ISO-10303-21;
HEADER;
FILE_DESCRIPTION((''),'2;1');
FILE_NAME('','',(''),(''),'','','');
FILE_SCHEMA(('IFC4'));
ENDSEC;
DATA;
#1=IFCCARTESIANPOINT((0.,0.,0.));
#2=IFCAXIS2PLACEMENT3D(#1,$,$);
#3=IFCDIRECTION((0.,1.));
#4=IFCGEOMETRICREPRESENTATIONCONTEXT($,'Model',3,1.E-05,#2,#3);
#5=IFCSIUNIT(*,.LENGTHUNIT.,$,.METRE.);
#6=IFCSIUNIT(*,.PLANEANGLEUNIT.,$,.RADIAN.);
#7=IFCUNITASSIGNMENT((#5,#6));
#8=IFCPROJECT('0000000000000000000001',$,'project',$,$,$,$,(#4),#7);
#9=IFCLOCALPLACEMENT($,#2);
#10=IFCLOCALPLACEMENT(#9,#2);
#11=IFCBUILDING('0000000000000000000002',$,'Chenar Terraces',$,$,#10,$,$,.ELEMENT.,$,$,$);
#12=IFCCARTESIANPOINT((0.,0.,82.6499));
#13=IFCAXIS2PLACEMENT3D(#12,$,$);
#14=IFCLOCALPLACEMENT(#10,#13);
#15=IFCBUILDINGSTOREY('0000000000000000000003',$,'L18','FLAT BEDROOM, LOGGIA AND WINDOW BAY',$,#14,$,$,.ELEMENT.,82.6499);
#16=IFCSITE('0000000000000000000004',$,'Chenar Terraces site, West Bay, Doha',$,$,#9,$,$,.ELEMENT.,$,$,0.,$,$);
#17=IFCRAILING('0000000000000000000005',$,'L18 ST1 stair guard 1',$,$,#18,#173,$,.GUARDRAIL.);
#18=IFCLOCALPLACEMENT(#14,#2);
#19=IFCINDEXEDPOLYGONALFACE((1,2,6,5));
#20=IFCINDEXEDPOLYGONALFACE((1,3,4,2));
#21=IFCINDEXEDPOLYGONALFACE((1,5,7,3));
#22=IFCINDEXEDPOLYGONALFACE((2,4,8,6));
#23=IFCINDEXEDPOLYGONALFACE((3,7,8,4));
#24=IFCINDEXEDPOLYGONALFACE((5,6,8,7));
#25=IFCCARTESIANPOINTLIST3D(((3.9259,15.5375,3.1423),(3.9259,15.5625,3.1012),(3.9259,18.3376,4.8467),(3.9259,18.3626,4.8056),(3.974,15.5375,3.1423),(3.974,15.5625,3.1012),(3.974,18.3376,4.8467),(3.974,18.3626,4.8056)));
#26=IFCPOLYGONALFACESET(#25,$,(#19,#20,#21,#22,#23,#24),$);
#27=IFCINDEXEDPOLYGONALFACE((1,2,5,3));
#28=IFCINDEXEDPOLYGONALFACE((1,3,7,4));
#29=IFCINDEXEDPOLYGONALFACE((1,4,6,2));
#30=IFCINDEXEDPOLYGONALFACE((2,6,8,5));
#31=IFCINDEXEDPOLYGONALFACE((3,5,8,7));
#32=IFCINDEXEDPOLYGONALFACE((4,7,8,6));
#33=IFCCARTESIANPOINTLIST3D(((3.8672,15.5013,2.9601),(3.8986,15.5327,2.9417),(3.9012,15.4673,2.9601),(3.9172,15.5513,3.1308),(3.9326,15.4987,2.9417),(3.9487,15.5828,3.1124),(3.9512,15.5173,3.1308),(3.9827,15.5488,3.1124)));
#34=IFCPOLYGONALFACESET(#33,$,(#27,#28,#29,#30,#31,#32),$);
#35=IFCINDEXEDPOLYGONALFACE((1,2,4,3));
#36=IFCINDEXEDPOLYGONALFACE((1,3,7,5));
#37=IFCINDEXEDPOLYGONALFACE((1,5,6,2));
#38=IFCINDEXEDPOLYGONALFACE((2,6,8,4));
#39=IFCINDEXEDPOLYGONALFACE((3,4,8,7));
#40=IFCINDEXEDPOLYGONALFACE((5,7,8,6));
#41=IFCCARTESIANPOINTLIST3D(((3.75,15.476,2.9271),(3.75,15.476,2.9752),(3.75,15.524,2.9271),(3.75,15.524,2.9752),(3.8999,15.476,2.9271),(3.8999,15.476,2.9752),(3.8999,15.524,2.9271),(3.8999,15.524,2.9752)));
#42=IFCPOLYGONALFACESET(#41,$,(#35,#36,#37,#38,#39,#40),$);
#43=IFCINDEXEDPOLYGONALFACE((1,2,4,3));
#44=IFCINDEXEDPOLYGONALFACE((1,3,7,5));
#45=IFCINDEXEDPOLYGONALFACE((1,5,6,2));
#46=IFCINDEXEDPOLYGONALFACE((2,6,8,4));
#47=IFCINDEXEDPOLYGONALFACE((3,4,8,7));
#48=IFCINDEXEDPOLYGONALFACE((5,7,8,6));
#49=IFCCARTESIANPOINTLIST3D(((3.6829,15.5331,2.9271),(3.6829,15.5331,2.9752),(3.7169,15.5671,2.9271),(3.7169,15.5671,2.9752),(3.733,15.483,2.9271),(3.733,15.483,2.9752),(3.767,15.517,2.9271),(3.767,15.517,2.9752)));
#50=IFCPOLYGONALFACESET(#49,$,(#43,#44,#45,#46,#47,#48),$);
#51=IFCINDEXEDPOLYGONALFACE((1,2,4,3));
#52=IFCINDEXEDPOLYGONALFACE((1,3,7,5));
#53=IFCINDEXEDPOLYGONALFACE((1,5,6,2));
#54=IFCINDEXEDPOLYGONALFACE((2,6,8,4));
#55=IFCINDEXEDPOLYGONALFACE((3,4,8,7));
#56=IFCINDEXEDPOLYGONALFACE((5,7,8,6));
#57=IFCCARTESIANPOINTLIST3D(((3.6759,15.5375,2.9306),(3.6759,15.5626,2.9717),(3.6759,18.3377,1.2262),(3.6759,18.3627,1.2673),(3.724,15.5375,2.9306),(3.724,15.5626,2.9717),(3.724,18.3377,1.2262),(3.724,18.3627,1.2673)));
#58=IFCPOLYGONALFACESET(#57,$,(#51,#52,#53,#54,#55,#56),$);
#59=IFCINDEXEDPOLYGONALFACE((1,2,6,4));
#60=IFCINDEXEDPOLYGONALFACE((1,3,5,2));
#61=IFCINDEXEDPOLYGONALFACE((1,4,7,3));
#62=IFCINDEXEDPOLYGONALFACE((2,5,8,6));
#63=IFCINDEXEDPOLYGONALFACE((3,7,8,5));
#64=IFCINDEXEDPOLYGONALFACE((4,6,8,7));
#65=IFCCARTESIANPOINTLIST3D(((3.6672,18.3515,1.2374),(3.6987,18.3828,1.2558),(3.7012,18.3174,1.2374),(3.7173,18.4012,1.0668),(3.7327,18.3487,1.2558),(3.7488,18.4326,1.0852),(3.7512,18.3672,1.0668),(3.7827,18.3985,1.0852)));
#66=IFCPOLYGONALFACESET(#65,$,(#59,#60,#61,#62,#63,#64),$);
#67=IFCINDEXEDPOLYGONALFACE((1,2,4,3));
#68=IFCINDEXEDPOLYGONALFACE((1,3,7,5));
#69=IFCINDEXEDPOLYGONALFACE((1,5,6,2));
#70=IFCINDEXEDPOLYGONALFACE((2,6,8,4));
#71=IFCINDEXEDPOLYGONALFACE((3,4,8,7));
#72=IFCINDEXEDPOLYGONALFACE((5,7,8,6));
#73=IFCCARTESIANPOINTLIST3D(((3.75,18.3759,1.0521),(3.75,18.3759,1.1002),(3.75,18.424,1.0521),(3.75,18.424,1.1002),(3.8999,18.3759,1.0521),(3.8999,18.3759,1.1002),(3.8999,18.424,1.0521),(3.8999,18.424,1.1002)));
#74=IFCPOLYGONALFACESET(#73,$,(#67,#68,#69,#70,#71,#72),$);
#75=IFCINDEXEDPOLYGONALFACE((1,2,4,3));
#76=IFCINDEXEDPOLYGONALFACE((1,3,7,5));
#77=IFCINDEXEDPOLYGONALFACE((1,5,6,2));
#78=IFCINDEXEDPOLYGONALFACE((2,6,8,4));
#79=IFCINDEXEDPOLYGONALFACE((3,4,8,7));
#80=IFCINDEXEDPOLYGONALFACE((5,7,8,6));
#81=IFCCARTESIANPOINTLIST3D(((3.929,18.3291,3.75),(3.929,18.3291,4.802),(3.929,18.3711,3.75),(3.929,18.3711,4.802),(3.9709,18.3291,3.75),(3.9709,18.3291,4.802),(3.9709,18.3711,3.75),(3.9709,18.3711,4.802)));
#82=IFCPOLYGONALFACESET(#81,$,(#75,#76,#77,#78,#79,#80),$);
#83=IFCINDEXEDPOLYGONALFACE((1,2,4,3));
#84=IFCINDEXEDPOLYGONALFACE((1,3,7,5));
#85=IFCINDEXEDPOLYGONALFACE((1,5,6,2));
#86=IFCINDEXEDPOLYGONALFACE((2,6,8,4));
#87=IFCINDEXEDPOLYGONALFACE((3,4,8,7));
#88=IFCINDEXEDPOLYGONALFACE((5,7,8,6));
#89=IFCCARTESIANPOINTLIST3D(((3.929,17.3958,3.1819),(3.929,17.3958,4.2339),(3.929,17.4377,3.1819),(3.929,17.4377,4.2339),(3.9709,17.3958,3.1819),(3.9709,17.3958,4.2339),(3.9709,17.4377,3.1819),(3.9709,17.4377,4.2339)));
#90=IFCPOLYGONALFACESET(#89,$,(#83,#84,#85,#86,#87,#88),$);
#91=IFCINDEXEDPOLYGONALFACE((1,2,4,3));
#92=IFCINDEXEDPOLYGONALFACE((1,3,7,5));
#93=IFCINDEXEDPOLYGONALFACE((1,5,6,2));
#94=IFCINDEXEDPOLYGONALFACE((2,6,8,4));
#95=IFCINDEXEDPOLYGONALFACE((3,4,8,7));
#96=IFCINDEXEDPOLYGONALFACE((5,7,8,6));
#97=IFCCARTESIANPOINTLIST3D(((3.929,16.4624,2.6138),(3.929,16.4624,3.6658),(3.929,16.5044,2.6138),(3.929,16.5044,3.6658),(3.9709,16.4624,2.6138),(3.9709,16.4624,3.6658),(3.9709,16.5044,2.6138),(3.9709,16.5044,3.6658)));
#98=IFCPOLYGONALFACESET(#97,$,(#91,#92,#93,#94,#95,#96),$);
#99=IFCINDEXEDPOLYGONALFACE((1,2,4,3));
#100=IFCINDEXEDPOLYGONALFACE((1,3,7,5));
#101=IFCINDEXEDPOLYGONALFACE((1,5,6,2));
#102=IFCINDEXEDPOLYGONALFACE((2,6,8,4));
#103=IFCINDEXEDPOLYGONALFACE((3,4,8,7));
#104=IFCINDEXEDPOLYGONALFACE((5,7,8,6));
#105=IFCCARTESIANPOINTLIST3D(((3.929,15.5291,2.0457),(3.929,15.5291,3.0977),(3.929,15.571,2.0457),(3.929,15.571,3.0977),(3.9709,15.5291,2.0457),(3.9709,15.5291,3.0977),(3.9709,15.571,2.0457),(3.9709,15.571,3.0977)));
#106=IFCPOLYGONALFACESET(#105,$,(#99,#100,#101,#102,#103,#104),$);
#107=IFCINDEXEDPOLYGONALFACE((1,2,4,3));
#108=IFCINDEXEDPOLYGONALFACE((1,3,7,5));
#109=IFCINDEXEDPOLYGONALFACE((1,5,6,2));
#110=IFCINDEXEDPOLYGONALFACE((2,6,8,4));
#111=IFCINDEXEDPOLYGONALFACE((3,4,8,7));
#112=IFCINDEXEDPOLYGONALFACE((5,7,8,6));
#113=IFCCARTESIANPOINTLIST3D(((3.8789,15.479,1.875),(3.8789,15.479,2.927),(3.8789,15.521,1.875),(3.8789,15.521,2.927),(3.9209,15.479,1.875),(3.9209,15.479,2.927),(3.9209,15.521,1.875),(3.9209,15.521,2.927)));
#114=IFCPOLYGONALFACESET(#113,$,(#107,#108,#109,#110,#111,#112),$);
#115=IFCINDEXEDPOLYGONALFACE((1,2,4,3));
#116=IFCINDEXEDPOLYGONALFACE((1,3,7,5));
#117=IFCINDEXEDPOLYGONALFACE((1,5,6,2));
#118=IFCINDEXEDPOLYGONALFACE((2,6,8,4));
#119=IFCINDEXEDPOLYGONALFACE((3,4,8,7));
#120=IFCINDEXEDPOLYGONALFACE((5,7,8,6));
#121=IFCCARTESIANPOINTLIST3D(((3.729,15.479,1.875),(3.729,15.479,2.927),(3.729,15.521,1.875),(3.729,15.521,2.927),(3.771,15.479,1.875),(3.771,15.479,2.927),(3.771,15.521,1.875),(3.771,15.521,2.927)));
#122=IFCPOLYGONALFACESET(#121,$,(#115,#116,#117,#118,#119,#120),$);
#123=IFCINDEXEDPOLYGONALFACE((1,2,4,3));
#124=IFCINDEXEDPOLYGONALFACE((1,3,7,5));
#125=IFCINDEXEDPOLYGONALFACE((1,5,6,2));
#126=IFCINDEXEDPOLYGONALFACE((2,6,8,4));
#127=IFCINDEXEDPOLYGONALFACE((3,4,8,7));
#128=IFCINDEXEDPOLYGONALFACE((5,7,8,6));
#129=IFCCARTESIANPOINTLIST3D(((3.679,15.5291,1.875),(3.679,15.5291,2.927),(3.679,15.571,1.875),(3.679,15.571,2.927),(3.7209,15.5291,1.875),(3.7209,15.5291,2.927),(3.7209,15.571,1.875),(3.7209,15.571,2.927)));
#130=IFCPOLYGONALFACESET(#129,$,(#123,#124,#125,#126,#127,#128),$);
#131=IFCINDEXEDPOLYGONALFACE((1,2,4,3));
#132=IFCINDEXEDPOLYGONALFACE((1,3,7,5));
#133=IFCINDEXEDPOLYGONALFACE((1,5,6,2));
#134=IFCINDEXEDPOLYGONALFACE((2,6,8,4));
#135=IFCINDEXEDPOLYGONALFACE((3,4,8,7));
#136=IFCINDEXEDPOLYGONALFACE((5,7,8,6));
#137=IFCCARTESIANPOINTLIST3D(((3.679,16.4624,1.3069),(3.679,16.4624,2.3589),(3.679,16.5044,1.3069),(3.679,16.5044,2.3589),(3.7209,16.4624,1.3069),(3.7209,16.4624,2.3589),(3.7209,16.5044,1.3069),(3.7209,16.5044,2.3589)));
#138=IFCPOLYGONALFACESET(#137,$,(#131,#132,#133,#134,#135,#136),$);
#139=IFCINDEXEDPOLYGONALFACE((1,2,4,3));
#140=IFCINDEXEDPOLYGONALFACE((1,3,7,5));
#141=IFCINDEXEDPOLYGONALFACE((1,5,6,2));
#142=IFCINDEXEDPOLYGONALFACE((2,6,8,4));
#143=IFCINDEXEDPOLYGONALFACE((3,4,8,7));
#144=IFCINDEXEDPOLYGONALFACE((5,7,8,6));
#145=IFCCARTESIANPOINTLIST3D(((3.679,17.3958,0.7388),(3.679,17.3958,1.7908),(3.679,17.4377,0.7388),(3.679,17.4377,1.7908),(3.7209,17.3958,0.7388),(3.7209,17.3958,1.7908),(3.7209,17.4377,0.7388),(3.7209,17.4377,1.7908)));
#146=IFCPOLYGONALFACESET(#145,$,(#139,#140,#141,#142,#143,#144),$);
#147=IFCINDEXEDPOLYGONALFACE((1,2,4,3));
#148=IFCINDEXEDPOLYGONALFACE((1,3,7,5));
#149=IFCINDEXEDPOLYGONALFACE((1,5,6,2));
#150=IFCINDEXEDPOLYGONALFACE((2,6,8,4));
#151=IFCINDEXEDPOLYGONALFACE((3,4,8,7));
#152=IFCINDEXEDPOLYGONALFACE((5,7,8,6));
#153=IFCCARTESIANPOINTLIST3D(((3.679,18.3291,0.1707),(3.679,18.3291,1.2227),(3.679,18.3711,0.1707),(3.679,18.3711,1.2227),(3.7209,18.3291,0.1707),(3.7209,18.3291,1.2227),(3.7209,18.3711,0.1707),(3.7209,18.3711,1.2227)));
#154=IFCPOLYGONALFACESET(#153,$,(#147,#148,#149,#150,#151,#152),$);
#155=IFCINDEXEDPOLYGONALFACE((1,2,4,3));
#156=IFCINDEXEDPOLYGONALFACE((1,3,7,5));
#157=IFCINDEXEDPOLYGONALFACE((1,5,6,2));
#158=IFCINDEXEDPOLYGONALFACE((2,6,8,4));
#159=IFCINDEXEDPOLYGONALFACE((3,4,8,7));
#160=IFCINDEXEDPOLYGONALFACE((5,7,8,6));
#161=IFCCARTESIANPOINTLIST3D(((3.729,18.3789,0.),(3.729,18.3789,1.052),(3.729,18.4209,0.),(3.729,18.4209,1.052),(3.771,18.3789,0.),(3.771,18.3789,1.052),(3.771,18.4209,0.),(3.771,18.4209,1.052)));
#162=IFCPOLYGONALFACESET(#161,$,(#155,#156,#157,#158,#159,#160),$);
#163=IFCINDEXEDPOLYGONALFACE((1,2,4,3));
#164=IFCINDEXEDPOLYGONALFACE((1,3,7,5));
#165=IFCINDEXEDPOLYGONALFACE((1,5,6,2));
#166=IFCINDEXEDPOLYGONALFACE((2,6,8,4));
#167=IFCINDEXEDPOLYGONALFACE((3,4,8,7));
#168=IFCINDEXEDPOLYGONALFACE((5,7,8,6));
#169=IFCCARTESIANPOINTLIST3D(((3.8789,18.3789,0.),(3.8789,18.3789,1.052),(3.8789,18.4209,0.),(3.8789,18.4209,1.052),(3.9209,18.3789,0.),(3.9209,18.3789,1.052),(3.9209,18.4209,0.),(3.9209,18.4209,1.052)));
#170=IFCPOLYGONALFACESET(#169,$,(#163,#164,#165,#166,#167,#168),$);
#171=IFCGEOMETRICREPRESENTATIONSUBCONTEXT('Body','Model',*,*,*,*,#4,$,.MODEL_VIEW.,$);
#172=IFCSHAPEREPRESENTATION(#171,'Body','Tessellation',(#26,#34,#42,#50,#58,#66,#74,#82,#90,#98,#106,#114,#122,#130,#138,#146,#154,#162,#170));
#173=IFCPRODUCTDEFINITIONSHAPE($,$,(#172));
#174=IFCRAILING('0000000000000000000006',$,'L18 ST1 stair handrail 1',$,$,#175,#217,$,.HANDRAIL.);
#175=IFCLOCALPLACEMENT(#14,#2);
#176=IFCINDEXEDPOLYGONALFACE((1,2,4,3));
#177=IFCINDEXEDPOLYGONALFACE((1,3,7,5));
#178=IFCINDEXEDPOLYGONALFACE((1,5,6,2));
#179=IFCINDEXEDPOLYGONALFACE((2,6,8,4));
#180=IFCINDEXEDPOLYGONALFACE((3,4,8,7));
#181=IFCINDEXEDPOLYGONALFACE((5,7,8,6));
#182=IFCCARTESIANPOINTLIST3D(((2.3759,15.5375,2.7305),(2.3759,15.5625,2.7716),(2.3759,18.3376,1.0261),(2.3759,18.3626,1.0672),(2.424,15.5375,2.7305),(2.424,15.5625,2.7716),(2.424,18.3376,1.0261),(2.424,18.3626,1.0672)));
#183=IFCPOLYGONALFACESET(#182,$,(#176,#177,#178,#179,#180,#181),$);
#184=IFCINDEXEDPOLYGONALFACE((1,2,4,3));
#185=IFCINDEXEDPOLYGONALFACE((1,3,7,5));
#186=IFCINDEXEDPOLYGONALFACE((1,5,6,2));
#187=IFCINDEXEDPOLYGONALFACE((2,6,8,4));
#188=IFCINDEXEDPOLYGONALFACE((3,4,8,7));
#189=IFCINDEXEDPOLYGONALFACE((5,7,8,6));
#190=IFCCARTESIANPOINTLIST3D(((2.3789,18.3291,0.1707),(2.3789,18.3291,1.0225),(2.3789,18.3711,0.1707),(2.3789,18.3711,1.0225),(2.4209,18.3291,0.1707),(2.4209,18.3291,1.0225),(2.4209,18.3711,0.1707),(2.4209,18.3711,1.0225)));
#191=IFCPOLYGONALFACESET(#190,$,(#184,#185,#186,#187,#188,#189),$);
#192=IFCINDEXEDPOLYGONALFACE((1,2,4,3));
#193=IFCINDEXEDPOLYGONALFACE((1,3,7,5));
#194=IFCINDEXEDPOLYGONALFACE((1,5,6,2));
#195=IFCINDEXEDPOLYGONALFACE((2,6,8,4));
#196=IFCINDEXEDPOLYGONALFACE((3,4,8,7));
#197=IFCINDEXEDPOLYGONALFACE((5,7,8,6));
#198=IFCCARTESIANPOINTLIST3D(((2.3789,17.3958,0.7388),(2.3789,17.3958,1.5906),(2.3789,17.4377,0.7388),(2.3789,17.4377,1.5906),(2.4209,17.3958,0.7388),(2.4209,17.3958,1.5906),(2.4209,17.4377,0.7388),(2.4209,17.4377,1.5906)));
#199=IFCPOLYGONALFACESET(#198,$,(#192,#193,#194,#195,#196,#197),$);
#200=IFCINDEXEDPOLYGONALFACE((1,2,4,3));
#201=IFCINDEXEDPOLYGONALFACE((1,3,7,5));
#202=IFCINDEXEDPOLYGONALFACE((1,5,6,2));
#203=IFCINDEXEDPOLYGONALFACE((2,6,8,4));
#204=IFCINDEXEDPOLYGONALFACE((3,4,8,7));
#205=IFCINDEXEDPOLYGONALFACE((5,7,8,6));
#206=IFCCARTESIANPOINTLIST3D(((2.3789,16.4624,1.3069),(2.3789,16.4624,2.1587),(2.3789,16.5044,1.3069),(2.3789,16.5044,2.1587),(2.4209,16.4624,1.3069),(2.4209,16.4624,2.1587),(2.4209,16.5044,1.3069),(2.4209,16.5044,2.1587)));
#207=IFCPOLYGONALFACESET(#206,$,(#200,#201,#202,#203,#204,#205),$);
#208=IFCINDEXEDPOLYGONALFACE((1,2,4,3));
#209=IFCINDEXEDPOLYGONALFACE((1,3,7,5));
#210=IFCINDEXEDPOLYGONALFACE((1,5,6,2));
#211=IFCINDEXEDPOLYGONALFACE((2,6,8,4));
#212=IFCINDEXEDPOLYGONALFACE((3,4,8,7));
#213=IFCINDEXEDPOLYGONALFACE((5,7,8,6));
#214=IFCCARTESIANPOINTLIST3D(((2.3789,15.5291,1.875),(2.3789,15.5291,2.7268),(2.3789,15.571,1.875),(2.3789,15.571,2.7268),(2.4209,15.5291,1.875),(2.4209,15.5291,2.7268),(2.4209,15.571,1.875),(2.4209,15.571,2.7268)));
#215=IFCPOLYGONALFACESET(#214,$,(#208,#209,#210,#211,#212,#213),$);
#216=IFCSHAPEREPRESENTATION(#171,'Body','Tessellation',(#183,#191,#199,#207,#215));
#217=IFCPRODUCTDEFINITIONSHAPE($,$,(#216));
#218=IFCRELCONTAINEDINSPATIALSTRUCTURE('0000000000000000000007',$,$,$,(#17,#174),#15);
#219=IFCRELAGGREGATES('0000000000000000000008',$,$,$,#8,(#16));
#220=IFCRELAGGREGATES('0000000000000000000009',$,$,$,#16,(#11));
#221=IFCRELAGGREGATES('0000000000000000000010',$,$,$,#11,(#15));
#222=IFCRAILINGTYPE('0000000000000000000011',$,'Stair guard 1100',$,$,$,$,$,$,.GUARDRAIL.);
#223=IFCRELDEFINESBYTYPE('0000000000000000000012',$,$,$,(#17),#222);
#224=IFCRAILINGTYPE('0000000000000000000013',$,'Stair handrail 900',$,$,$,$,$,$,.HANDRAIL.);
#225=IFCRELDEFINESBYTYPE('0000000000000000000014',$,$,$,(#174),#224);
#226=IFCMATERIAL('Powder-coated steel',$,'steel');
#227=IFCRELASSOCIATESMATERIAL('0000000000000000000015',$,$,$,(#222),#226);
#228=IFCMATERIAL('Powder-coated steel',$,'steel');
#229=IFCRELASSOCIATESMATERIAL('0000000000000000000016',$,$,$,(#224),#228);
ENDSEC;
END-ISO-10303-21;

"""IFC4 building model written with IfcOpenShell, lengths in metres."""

from ifc_helpers import new_model, si_unit, direction, frame, origin, origin_2d, place, context, subcontext, project, spatial, rectangle, extrude, material, type_object, element, save


model = new_model("IFC4")

# Units and contexts
model_context = context("Model", 3, precision=1e-05, world=origin(), true_north=direction((0.0, 1.0)))
body_context = subcontext(model_context, "Body", "Model", "MODEL_VIEW")
ifc_project = project(units=[si_unit("LENGTHUNIT", "METRE"), si_unit("PLANEANGLEUNIT", "RADIAN")], contexts=[model_context])

# Site, building, storey
site_placement = place(None, origin())
site = spatial("IfcSite", under=ifc_project, at=site_placement, Name="Chenar Terraces site, West Bay, Doha", CompositionType="ELEMENT", RefElevation=0.0)
building_placement = place(site_placement, origin())
building = spatial("IfcBuilding", under=site, at=building_placement, Name="Chenar Terraces", CompositionType="ELEMENT")
storey_placement = place(building_placement, frame((0.0, 0.0, 82.6499)))
storey = spatial("IfcBuildingStorey", under=building, at=storey_placement, Name="L18", Description="FLAT BEDROOM, LOGGIA AND WINDOW BAY", CompositionType="ELEMENT", Elevation=82.6499)

# Railings
ifc_material_1 = material(Name="Powder-coated steel", Category="steel")
railing_type_1 = type_object("IfcRailingType", Name="Stair guard 1100", PredefinedType="GUARDRAIL", material=ifc_material_1)
railing_1_placement = place(storey_placement, frame((3.95, 18.3501, 3.75)))
element("IfcRailing", 1, at=railing_1_placement, inside=storey, type_object=railing_type_1, Name="L18 ST1 stair guard 1", PredefinedType="GUARDRAIL", context=body_context, shape_type="SweptSolid", body=[
    extrude(rectangle(XDim=0.0481, YDim=0.0481, at=origin_2d()), frame((0.0, 0.0, 1.0762), z_axis=(0.0, -0.854203, -0.51994), x_axis=(1.0, 0.0, 0.0)), (0.0, 0.0, 1.0), 3.2781),
    extrude(rectangle(XDim=0.0481, YDim=0.0481, at=origin_2d()), frame((0.0, -2.8, -0.6284), z_axis=(-0.2709, -0.2709, -0.923703), x_axis=(0.707107, -0.707107, 0.0)), (0.0, 0.0, 1.0), 0.1848),
    extrude(rectangle(XDim=0.0481, YDim=0.0481, at=origin_2d()), frame((-0.05, -2.8501, -0.7988), z_axis=(-1.0, 0.0, 0.0), x_axis=(0.0, -1.0, 0.0)), (0.0, 0.0, 1.0), 0.1499),
    extrude(rectangle(XDim=0.0481, YDim=0.0481, at=origin_2d()), frame((-0.2, -2.8501, -0.7988), z_axis=(-0.707107, 0.707107, 0.0), x_axis=(-0.707107, -0.707107, 0.0)), (0.0, 0.0, 1.0), 0.0708),
    extrude(rectangle(XDim=0.0481, YDim=0.0481, at=origin_2d()), frame((-0.25, -2.8, -0.7988), z_axis=(0.0, 0.854203, -0.51994), x_axis=(-1.0, 0.0, 0.0)), (0.0, 0.0, 1.0), 3.2781),
    extrude(rectangle(XDim=0.0481, YDim=0.0481, at=origin_2d()), frame((-0.25, 0.0, -2.5034), z_axis=(0.270997, 0.269675, -0.924033), x_axis=(-0.705376, 0.708834, 0.0)), (0.0, 0.0, 1.0), 0.1846),
    extrude(rectangle(XDim=0.0481, YDim=0.0481, at=origin_2d()), frame((-0.2, 0.0498, -2.6738), z_axis=(1.0, 0.0, 0.0), x_axis=(0.0, 1.0, 0.0)), (0.0, 0.0, 1.0), 0.1499),
    extrude(rectangle(XDim=0.042, YDim=0.042, at=origin_2d()), origin(), (0.0, 0.0, 1.0), 1.052),
    extrude(rectangle(XDim=0.042, YDim=0.042, at=origin_2d()), frame((0.0, -0.9333, -0.5681)), (0.0, 0.0, 1.0), 1.052),
    extrude(rectangle(XDim=0.042, YDim=0.042, at=origin_2d()), frame((0.0, -1.8667, -1.1362)), (0.0, 0.0, 1.0), 1.052),
    extrude(rectangle(XDim=0.042, YDim=0.042, at=origin_2d()), frame((0.0, -2.8, -1.7043)), (0.0, 0.0, 1.0), 1.052),
    extrude(rectangle(XDim=0.042, YDim=0.042, at=origin_2d()), frame((-0.05, -2.8501, -1.875)), (0.0, 0.0, 1.0), 1.052),
    extrude(rectangle(XDim=0.042, YDim=0.042, at=origin_2d()), frame((-0.2, -2.8501, -1.875)), (0.0, 0.0, 1.0), 1.052),
    extrude(rectangle(XDim=0.042, YDim=0.042, at=origin_2d()), frame((-0.25, -2.8, -1.875)), (0.0, 0.0, 1.0), 1.052),
    extrude(rectangle(XDim=0.042, YDim=0.042, at=origin_2d()), frame((-0.25, -1.8667, -2.4431)), (0.0, 0.0, 1.0), 1.052),
    extrude(rectangle(XDim=0.042, YDim=0.042, at=origin_2d()), frame((-0.25, -0.9333, -3.0112)), (0.0, 0.0, 1.0), 1.052),
    extrude(rectangle(XDim=0.042, YDim=0.042, at=origin_2d()), frame((-0.25, 0.0, -3.5793)), (0.0, 0.0, 1.0), 1.052),
    extrude(rectangle(XDim=0.042, YDim=0.042, at=origin_2d()), frame((-0.2, 0.0498, -3.75)), (0.0, 0.0, 1.0), 1.052),
    extrude(rectangle(XDim=0.042, YDim=0.042, at=origin_2d()), frame((-0.05, 0.0498, -3.75)), (0.0, 0.0, 1.0), 1.052),
])
ifc_material_2 = material(Name="Powder-coated steel", Category="steel")
railing_type_2 = type_object("IfcRailingType", Name="Stair handrail 900", PredefinedType="HANDRAIL", material=ifc_material_2)
railing_2_placement = place(storey_placement, frame((2.3999, 18.3501, 0.1707)))
element("IfcRailing", 2, at=railing_2_placement, inside=storey, type_object=railing_type_2, Name="L18 ST1 stair handrail 1", PredefinedType="HANDRAIL", context=body_context, shape_type="SweptSolid", body=[
    extrude(rectangle(XDim=0.0481, YDim=0.0481, at=origin_2d()), frame((0.0, 0.0, 0.876), z_axis=(0.0, -0.854203, 0.51994), x_axis=(1.0, 0.0, 0.0)), (0.0, 0.0, 1.0), 3.2781),
    extrude(rectangle(XDim=0.042, YDim=0.042, at=origin_2d()), origin(), (0.0, 0.0, 1.0), 0.8518),
    extrude(rectangle(XDim=0.042, YDim=0.042, at=origin_2d()), frame((0.0, -0.9333, 0.5681)), (0.0, 0.0, 1.0), 0.8518),
    extrude(rectangle(XDim=0.042, YDim=0.042, at=origin_2d()), frame((0.0, -1.8667, 1.1362)), (0.0, 0.0, 1.0), 0.8518),
    extrude(rectangle(XDim=0.042, YDim=0.042, at=origin_2d()), frame((0.0, -2.8, 1.7043)), (0.0, 0.0, 1.0), 0.8518),
])

save(model, "model.ifc")
